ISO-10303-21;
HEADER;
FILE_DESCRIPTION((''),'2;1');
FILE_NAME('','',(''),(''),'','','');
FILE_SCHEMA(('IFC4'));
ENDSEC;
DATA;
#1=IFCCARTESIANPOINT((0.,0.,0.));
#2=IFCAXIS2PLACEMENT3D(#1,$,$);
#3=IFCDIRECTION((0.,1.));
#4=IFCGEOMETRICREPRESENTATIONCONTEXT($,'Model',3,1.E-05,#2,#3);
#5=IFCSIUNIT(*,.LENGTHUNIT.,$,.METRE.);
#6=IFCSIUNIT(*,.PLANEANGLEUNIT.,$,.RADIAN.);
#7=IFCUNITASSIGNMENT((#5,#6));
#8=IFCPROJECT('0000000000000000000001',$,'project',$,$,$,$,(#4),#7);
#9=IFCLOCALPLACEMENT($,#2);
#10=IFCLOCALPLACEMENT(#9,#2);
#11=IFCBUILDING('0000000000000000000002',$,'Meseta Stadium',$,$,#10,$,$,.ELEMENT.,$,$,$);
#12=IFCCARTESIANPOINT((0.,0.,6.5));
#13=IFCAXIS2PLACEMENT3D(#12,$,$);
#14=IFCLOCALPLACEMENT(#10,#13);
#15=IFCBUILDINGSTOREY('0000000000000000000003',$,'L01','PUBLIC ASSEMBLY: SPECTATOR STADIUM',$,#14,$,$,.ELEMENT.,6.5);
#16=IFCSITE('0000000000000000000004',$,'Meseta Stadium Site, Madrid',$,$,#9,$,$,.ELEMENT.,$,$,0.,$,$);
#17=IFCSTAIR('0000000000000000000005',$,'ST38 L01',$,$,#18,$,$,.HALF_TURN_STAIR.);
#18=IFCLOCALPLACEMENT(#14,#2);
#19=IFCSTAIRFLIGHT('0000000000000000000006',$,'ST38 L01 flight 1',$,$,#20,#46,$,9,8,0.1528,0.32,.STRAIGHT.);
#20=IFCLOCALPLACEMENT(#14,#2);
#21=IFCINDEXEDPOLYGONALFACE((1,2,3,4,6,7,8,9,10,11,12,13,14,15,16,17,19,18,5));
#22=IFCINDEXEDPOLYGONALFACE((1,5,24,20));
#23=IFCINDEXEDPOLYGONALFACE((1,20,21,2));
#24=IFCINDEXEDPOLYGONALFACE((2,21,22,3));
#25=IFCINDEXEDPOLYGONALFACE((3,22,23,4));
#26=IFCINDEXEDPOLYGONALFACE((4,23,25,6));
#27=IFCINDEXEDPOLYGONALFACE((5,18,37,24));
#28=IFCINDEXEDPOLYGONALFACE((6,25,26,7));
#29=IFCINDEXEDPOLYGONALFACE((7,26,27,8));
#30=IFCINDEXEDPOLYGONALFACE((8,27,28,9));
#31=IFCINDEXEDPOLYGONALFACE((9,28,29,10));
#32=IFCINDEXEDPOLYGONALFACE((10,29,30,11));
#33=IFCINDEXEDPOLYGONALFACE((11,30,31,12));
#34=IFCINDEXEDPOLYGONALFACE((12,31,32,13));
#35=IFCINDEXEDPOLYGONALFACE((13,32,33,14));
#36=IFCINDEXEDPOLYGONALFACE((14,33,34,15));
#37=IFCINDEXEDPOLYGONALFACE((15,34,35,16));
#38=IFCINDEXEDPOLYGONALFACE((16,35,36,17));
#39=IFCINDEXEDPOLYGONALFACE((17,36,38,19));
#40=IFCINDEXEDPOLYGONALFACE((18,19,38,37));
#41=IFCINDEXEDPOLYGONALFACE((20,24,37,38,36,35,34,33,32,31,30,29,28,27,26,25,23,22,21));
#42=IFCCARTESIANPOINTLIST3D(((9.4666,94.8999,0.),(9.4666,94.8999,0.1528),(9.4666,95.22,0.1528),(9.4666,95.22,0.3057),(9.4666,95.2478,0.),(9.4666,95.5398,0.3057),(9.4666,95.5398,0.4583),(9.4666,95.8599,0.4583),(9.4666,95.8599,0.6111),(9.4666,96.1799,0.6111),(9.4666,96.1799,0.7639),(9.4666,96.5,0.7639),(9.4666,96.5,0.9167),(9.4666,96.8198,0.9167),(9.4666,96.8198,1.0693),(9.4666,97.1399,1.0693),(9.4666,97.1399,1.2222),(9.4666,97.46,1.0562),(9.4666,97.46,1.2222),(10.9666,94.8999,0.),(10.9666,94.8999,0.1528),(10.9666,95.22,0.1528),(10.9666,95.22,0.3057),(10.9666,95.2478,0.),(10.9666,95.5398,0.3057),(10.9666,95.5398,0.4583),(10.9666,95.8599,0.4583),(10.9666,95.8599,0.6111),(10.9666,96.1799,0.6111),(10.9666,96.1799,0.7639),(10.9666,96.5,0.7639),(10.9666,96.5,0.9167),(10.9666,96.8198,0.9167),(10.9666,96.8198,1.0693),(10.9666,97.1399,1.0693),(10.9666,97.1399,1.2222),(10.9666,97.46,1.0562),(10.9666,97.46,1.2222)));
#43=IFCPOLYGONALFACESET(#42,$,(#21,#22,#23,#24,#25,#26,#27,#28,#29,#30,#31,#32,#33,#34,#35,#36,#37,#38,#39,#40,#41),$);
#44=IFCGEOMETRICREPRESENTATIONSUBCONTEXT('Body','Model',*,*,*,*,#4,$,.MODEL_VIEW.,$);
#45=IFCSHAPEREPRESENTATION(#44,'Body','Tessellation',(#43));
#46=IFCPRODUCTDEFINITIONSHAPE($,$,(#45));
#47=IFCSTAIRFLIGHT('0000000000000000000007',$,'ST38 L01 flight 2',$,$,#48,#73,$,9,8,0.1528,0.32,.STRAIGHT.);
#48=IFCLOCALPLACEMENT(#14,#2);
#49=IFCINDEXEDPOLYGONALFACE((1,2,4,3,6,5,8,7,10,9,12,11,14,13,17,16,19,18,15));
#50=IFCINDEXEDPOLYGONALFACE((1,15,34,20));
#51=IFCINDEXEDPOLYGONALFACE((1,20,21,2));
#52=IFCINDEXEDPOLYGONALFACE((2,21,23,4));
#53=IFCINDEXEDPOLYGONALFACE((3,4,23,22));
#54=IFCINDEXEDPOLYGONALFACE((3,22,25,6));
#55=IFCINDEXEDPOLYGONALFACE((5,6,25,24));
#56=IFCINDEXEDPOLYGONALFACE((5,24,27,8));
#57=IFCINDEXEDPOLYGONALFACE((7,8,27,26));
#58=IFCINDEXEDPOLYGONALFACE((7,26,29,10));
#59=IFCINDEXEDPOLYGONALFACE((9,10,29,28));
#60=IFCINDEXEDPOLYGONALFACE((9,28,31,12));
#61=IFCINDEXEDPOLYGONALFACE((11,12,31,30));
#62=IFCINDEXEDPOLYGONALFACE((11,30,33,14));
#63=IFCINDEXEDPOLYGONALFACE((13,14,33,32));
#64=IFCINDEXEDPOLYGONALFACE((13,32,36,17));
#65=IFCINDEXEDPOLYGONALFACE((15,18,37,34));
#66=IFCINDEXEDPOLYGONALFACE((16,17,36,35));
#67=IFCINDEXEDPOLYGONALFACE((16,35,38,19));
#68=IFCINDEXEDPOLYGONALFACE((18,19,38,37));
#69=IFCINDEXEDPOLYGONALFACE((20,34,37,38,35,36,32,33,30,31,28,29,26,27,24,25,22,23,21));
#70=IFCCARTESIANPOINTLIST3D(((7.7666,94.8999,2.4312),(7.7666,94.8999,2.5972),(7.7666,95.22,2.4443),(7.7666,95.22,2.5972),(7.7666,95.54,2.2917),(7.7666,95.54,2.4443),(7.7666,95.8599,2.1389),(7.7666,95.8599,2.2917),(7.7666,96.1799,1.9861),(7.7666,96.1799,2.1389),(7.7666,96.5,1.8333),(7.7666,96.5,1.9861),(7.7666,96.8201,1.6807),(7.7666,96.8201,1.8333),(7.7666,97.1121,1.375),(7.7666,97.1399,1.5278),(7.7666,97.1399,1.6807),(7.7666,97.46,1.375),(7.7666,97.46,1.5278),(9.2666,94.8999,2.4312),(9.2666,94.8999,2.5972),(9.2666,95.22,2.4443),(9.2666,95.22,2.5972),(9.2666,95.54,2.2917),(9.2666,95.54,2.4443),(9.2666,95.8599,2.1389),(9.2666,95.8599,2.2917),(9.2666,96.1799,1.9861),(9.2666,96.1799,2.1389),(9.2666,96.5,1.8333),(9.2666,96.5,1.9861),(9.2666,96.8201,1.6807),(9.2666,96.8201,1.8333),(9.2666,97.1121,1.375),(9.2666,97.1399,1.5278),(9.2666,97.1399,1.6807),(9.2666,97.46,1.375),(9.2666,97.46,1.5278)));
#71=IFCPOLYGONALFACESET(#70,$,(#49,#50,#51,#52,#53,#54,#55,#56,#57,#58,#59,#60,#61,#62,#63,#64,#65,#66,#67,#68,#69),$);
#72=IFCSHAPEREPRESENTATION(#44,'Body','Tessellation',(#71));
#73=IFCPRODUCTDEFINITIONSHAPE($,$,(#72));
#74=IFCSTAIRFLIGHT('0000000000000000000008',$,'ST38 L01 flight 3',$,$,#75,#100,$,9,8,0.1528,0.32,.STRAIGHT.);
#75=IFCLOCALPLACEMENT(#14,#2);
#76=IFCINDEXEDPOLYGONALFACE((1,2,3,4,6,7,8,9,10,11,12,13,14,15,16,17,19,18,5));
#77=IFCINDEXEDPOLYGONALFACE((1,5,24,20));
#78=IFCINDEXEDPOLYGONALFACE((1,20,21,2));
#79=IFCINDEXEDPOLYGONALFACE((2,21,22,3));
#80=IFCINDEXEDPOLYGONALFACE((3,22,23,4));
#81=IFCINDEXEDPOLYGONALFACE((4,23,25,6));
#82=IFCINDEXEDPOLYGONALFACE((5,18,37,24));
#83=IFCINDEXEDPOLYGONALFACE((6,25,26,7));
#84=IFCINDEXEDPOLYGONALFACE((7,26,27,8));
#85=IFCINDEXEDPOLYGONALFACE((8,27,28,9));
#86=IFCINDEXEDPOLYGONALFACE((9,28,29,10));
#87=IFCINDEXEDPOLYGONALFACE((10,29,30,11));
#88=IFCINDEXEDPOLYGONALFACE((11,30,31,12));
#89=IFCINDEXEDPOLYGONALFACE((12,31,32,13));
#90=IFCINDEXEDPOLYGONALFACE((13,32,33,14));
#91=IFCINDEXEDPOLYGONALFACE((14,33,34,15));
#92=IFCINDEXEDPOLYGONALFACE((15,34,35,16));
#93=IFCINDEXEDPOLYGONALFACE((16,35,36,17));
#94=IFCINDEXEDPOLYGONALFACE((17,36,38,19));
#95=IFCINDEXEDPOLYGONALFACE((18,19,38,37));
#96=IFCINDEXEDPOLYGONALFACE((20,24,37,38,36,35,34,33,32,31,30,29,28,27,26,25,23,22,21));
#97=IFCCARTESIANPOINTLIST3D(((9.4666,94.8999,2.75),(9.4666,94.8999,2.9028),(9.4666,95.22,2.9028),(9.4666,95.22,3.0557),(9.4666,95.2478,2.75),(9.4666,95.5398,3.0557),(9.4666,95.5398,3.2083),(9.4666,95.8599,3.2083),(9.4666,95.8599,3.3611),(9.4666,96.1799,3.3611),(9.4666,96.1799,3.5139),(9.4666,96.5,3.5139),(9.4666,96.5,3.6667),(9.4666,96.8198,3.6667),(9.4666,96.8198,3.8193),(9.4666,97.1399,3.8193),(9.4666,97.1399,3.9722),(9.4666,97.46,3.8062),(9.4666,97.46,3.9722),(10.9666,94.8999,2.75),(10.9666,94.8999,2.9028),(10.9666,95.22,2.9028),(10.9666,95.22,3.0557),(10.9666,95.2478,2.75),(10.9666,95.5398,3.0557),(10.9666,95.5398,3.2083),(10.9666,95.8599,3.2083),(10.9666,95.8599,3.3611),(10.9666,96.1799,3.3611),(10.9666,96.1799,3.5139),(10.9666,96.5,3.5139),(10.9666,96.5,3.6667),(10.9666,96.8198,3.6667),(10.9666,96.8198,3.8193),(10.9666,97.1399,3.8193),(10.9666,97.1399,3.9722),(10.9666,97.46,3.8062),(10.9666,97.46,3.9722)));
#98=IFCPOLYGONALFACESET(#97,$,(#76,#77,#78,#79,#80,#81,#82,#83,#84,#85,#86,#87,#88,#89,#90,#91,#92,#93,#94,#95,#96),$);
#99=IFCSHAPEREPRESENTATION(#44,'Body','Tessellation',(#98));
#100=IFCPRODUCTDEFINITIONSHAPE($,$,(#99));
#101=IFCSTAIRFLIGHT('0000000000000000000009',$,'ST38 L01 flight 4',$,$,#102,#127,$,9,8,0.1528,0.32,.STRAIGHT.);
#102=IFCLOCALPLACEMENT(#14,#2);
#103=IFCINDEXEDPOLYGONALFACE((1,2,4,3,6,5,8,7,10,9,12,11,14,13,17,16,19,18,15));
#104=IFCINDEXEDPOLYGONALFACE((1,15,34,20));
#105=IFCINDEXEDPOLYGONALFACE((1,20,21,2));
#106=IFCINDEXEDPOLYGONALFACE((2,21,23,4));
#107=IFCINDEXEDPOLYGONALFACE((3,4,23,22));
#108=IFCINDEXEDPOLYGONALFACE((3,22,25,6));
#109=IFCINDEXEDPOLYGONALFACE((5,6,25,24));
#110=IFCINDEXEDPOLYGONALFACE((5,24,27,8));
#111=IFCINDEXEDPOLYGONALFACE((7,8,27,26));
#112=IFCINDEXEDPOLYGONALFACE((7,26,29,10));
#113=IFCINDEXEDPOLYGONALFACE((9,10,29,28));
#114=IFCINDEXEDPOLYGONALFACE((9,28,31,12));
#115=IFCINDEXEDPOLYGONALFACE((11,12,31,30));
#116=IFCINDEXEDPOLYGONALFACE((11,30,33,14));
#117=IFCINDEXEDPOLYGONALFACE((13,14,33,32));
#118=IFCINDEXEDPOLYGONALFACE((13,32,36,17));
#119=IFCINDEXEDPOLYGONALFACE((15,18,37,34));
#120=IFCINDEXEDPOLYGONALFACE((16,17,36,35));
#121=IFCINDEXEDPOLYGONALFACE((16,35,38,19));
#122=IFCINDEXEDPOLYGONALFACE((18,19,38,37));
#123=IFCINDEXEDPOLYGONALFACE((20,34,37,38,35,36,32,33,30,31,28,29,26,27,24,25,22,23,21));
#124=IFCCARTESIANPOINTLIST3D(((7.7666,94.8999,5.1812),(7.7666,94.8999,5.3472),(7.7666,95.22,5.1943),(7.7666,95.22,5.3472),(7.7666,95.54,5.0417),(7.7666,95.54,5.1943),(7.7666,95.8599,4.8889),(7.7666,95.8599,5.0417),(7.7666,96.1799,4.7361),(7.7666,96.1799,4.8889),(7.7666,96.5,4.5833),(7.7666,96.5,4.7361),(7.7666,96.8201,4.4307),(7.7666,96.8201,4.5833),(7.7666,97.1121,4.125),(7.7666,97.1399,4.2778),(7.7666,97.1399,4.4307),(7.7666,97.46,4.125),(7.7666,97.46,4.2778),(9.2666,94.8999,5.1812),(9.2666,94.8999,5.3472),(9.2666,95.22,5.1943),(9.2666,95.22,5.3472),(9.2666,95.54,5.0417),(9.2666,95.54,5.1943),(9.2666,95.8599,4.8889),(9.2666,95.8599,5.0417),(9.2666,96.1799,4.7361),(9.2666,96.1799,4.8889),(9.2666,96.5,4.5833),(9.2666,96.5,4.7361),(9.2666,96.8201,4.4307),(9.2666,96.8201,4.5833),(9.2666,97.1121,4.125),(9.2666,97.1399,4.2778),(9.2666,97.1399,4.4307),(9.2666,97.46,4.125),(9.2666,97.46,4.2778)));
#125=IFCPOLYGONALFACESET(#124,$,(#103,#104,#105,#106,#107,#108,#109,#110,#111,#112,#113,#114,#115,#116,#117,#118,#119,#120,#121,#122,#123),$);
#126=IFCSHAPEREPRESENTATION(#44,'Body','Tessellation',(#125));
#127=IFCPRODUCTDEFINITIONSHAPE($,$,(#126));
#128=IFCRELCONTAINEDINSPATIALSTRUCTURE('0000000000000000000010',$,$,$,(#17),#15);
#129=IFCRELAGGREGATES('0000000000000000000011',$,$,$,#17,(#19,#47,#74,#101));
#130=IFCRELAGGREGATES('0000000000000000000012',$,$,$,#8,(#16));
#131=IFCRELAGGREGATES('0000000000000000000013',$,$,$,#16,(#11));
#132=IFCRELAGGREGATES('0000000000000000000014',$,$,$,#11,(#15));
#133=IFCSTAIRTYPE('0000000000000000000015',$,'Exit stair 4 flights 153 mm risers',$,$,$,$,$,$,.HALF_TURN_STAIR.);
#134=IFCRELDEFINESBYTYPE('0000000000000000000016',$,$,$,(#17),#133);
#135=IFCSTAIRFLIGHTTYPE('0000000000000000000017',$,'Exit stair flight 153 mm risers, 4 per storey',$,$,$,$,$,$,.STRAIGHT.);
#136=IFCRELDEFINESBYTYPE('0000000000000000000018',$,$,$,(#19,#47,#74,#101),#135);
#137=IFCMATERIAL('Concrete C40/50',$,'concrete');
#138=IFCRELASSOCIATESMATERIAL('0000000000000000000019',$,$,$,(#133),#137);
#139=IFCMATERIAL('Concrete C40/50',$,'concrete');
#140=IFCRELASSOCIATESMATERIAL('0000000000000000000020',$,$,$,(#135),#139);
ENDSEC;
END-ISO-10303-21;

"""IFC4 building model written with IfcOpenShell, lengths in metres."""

from ifc_helpers import new_model, si_unit, direction, frame, origin, place, context, subcontext, project, spatial, polyline, outline, extrude, material, type_object, element, aggregate, save


model = new_model("IFC4")

# Units and contexts
model_context = context("Model", 3, precision=1e-05, world=origin(), true_north=direction((0.0, 1.0)))
body_context = subcontext(model_context, "Body", "Model", "MODEL_VIEW")
ifc_project = project(units=[si_unit("LENGTHUNIT", "METRE"), si_unit("PLANEANGLEUNIT", "RADIAN")], contexts=[model_context])

# Site, building, storey
site_placement = place(None, origin())
site = spatial("IfcSite", under=ifc_project, at=site_placement, Name="Meseta Stadium Site, Madrid", CompositionType="ELEMENT", RefElevation=0.0)
building_placement = place(site_placement, origin())
building = spatial("IfcBuilding", under=site, at=building_placement, Name="Meseta Stadium", CompositionType="ELEMENT")
storey_placement = place(building_placement, frame((0.0, 0.0, 6.5)))
storey = spatial("IfcBuildingStorey", under=building, at=storey_placement, Name="L01", Description="PUBLIC ASSEMBLY: SPECTATOR STADIUM", CompositionType="ELEMENT", Elevation=6.5)

# Stair, stair flights
ifc_material_1 = material(Name="Concrete C40/50", Category="concrete")
stair_type = type_object("IfcStairType", Name="Exit stair 4 flights 153 mm risers", PredefinedType="HALF_TURN_STAIR", material=ifc_material_1)
ifc_material_2 = material(Name="Concrete C40/50", Category="concrete")
stair_flight_type = type_object("IfcStairFlightType", Name="Exit stair flight 153 mm risers, 4 per storey", PredefinedType="STRAIGHT", material=ifc_material_2)
stair_1_placement = place(storey_placement, origin())
stair_1 = element("IfcStair", 1, at=stair_1_placement, inside=storey, type_object=stair_type, Name="ST38 L01", PredefinedType="HALF_TURN_STAIR")
stair_flight_1_placement = place(storey_placement, frame((10.2166, 94.8999, 0.0), z_axis=(0.0, 0.0, 1.0), x_axis=(0.0, 1.0, 0.0)))
stair_flight_1 = element("IfcStairFlight", 2, at=stair_flight_1_placement, type_object=stair_flight_type, Name="ST38 L01 flight 1", NumberOfRisers=9, NumberOfTreads=8, PredefinedType="STRAIGHT", RiserHeight=0.1528, TreadLength=0.32, context=body_context, shape_type="SweptSolid", body=[
    extrude(outline(polyline([(0.0, 0.0), (0.0, 0.1528), (0.3201, 0.1528), (0.3201, 0.3057), (0.6399, 0.3057), (0.6399, 0.4583), (0.96, 0.4583), (0.96, 0.6111), (1.28, 0.6111), (1.28, 0.7639), (1.6001, 0.7639), (1.6001, 0.9167), (1.9199, 0.9167), (1.9199, 1.0693), (2.24, 1.0693), (2.24, 1.2222), (2.5601, 1.2222), (2.5601, 1.0562), (0.3479, 0.0), (0.0, 0.0)])), frame((0.0, 0.75, 0.0), z_axis=(0.0, -1.0, 0.0), x_axis=(1.0, 0.0, 0.0)), (0.0, 0.0, 1.0), 1.5),
])
stair_flight_2_placement = place(storey_placement, frame((8.5166, 97.46, 1.375), z_axis=(0.0, 0.0, 1.0), x_axis=(0.0, -1.0, 0.0)))
stair_flight_2 = element("IfcStairFlight", 3, at=stair_flight_2_placement, type_object=stair_flight_type, Name="ST38 L01 flight 2", NumberOfRisers=9, NumberOfTreads=8, PredefinedType="STRAIGHT", RiserHeight=0.1528, TreadLength=0.32, context=body_context, shape_type="SweptSolid", body=[
    extrude(outline(polyline([(0.0, 0.0), (0.0, 0.1528), (0.3201, 0.1528), (0.3201, 0.3057), (0.6399, 0.3057), (0.6399, 0.4583), (0.96, 0.4583), (0.96, 0.6111), (1.28, 0.6111), (1.28, 0.7639), (1.6001, 0.7639), (1.6001, 0.9167), (1.9199, 0.9167), (1.9199, 1.0693), (2.24, 1.0693), (2.24, 1.2222), (2.5601, 1.2222), (2.5601, 1.0562), (0.3479, 0.0), (0.0, 0.0)])), frame((0.0, 0.75, 0.0), z_axis=(0.0, -1.0, 0.0), x_axis=(1.0, 0.0, 0.0)), (0.0, 0.0, 1.0), 1.5),
])
stair_flight_3_placement = place(storey_placement, frame((10.2166, 94.8999, 2.75), z_axis=(0.0, 0.0, 1.0), x_axis=(0.0, 1.0, 0.0)))
stair_flight_3 = element("IfcStairFlight", 4, at=stair_flight_3_placement, type_object=stair_flight_type, Name="ST38 L01 flight 3", NumberOfRisers=9, NumberOfTreads=8, PredefinedType="STRAIGHT", RiserHeight=0.1528, TreadLength=0.32, context=body_context, shape_type="SweptSolid", body=[
    extrude(outline(polyline([(0.0, 0.0), (0.0, 0.1528), (0.3201, 0.1528), (0.3201, 0.3057), (0.6399, 0.3057), (0.6399, 0.4583), (0.96, 0.4583), (0.96, 0.6111), (1.28, 0.6111), (1.28, 0.7639), (1.6001, 0.7639), (1.6001, 0.9167), (1.9199, 0.9167), (1.9199, 1.0693), (2.24, 1.0693), (2.24, 1.2222), (2.5601, 1.2222), (2.5601, 1.0562), (0.3479, 0.0), (0.0, 0.0)])), frame((0.0, 0.75, 0.0), z_axis=(0.0, -1.0, 0.0), x_axis=(1.0, 0.0, 0.0)), (0.0, 0.0, 1.0), 1.5),
])
stair_flight_4_placement = place(storey_placement, frame((8.5166, 97.46, 4.125), z_axis=(0.0, 0.0, 1.0), x_axis=(0.0, -1.0, 0.0)))
stair_flight_4 = element("IfcStairFlight", 5, at=stair_flight_4_placement, type_object=stair_flight_type, Name="ST38 L01 flight 4", NumberOfRisers=9, NumberOfTreads=8, PredefinedType="STRAIGHT", RiserHeight=0.1528, TreadLength=0.32, context=body_context, shape_type="SweptSolid", body=[
    extrude(outline(polyline([(0.0, 0.0), (0.0, 0.1528), (0.3201, 0.1528), (0.3201, 0.3057), (0.6399, 0.3057), (0.6399, 0.4583), (0.96, 0.4583), (0.96, 0.6111), (1.28, 0.6111), (1.28, 0.7639), (1.6001, 0.7639), (1.6001, 0.9167), (1.9199, 0.9167), (1.9199, 1.0693), (2.24, 1.0693), (2.24, 1.2222), (2.5601, 1.2222), (2.5601, 1.0562), (0.3479, 0.0), (0.0, 0.0)])), frame((0.0, 0.75, 0.0), z_axis=(0.0, -1.0, 0.0), x_axis=(1.0, 0.0, 0.0)), (0.0, 0.0, 1.0), 1.5),
])
aggregate(stair_1, [stair_flight_1, stair_flight_2, stair_flight_3, stair_flight_4])

save(model, "model.ifc")
